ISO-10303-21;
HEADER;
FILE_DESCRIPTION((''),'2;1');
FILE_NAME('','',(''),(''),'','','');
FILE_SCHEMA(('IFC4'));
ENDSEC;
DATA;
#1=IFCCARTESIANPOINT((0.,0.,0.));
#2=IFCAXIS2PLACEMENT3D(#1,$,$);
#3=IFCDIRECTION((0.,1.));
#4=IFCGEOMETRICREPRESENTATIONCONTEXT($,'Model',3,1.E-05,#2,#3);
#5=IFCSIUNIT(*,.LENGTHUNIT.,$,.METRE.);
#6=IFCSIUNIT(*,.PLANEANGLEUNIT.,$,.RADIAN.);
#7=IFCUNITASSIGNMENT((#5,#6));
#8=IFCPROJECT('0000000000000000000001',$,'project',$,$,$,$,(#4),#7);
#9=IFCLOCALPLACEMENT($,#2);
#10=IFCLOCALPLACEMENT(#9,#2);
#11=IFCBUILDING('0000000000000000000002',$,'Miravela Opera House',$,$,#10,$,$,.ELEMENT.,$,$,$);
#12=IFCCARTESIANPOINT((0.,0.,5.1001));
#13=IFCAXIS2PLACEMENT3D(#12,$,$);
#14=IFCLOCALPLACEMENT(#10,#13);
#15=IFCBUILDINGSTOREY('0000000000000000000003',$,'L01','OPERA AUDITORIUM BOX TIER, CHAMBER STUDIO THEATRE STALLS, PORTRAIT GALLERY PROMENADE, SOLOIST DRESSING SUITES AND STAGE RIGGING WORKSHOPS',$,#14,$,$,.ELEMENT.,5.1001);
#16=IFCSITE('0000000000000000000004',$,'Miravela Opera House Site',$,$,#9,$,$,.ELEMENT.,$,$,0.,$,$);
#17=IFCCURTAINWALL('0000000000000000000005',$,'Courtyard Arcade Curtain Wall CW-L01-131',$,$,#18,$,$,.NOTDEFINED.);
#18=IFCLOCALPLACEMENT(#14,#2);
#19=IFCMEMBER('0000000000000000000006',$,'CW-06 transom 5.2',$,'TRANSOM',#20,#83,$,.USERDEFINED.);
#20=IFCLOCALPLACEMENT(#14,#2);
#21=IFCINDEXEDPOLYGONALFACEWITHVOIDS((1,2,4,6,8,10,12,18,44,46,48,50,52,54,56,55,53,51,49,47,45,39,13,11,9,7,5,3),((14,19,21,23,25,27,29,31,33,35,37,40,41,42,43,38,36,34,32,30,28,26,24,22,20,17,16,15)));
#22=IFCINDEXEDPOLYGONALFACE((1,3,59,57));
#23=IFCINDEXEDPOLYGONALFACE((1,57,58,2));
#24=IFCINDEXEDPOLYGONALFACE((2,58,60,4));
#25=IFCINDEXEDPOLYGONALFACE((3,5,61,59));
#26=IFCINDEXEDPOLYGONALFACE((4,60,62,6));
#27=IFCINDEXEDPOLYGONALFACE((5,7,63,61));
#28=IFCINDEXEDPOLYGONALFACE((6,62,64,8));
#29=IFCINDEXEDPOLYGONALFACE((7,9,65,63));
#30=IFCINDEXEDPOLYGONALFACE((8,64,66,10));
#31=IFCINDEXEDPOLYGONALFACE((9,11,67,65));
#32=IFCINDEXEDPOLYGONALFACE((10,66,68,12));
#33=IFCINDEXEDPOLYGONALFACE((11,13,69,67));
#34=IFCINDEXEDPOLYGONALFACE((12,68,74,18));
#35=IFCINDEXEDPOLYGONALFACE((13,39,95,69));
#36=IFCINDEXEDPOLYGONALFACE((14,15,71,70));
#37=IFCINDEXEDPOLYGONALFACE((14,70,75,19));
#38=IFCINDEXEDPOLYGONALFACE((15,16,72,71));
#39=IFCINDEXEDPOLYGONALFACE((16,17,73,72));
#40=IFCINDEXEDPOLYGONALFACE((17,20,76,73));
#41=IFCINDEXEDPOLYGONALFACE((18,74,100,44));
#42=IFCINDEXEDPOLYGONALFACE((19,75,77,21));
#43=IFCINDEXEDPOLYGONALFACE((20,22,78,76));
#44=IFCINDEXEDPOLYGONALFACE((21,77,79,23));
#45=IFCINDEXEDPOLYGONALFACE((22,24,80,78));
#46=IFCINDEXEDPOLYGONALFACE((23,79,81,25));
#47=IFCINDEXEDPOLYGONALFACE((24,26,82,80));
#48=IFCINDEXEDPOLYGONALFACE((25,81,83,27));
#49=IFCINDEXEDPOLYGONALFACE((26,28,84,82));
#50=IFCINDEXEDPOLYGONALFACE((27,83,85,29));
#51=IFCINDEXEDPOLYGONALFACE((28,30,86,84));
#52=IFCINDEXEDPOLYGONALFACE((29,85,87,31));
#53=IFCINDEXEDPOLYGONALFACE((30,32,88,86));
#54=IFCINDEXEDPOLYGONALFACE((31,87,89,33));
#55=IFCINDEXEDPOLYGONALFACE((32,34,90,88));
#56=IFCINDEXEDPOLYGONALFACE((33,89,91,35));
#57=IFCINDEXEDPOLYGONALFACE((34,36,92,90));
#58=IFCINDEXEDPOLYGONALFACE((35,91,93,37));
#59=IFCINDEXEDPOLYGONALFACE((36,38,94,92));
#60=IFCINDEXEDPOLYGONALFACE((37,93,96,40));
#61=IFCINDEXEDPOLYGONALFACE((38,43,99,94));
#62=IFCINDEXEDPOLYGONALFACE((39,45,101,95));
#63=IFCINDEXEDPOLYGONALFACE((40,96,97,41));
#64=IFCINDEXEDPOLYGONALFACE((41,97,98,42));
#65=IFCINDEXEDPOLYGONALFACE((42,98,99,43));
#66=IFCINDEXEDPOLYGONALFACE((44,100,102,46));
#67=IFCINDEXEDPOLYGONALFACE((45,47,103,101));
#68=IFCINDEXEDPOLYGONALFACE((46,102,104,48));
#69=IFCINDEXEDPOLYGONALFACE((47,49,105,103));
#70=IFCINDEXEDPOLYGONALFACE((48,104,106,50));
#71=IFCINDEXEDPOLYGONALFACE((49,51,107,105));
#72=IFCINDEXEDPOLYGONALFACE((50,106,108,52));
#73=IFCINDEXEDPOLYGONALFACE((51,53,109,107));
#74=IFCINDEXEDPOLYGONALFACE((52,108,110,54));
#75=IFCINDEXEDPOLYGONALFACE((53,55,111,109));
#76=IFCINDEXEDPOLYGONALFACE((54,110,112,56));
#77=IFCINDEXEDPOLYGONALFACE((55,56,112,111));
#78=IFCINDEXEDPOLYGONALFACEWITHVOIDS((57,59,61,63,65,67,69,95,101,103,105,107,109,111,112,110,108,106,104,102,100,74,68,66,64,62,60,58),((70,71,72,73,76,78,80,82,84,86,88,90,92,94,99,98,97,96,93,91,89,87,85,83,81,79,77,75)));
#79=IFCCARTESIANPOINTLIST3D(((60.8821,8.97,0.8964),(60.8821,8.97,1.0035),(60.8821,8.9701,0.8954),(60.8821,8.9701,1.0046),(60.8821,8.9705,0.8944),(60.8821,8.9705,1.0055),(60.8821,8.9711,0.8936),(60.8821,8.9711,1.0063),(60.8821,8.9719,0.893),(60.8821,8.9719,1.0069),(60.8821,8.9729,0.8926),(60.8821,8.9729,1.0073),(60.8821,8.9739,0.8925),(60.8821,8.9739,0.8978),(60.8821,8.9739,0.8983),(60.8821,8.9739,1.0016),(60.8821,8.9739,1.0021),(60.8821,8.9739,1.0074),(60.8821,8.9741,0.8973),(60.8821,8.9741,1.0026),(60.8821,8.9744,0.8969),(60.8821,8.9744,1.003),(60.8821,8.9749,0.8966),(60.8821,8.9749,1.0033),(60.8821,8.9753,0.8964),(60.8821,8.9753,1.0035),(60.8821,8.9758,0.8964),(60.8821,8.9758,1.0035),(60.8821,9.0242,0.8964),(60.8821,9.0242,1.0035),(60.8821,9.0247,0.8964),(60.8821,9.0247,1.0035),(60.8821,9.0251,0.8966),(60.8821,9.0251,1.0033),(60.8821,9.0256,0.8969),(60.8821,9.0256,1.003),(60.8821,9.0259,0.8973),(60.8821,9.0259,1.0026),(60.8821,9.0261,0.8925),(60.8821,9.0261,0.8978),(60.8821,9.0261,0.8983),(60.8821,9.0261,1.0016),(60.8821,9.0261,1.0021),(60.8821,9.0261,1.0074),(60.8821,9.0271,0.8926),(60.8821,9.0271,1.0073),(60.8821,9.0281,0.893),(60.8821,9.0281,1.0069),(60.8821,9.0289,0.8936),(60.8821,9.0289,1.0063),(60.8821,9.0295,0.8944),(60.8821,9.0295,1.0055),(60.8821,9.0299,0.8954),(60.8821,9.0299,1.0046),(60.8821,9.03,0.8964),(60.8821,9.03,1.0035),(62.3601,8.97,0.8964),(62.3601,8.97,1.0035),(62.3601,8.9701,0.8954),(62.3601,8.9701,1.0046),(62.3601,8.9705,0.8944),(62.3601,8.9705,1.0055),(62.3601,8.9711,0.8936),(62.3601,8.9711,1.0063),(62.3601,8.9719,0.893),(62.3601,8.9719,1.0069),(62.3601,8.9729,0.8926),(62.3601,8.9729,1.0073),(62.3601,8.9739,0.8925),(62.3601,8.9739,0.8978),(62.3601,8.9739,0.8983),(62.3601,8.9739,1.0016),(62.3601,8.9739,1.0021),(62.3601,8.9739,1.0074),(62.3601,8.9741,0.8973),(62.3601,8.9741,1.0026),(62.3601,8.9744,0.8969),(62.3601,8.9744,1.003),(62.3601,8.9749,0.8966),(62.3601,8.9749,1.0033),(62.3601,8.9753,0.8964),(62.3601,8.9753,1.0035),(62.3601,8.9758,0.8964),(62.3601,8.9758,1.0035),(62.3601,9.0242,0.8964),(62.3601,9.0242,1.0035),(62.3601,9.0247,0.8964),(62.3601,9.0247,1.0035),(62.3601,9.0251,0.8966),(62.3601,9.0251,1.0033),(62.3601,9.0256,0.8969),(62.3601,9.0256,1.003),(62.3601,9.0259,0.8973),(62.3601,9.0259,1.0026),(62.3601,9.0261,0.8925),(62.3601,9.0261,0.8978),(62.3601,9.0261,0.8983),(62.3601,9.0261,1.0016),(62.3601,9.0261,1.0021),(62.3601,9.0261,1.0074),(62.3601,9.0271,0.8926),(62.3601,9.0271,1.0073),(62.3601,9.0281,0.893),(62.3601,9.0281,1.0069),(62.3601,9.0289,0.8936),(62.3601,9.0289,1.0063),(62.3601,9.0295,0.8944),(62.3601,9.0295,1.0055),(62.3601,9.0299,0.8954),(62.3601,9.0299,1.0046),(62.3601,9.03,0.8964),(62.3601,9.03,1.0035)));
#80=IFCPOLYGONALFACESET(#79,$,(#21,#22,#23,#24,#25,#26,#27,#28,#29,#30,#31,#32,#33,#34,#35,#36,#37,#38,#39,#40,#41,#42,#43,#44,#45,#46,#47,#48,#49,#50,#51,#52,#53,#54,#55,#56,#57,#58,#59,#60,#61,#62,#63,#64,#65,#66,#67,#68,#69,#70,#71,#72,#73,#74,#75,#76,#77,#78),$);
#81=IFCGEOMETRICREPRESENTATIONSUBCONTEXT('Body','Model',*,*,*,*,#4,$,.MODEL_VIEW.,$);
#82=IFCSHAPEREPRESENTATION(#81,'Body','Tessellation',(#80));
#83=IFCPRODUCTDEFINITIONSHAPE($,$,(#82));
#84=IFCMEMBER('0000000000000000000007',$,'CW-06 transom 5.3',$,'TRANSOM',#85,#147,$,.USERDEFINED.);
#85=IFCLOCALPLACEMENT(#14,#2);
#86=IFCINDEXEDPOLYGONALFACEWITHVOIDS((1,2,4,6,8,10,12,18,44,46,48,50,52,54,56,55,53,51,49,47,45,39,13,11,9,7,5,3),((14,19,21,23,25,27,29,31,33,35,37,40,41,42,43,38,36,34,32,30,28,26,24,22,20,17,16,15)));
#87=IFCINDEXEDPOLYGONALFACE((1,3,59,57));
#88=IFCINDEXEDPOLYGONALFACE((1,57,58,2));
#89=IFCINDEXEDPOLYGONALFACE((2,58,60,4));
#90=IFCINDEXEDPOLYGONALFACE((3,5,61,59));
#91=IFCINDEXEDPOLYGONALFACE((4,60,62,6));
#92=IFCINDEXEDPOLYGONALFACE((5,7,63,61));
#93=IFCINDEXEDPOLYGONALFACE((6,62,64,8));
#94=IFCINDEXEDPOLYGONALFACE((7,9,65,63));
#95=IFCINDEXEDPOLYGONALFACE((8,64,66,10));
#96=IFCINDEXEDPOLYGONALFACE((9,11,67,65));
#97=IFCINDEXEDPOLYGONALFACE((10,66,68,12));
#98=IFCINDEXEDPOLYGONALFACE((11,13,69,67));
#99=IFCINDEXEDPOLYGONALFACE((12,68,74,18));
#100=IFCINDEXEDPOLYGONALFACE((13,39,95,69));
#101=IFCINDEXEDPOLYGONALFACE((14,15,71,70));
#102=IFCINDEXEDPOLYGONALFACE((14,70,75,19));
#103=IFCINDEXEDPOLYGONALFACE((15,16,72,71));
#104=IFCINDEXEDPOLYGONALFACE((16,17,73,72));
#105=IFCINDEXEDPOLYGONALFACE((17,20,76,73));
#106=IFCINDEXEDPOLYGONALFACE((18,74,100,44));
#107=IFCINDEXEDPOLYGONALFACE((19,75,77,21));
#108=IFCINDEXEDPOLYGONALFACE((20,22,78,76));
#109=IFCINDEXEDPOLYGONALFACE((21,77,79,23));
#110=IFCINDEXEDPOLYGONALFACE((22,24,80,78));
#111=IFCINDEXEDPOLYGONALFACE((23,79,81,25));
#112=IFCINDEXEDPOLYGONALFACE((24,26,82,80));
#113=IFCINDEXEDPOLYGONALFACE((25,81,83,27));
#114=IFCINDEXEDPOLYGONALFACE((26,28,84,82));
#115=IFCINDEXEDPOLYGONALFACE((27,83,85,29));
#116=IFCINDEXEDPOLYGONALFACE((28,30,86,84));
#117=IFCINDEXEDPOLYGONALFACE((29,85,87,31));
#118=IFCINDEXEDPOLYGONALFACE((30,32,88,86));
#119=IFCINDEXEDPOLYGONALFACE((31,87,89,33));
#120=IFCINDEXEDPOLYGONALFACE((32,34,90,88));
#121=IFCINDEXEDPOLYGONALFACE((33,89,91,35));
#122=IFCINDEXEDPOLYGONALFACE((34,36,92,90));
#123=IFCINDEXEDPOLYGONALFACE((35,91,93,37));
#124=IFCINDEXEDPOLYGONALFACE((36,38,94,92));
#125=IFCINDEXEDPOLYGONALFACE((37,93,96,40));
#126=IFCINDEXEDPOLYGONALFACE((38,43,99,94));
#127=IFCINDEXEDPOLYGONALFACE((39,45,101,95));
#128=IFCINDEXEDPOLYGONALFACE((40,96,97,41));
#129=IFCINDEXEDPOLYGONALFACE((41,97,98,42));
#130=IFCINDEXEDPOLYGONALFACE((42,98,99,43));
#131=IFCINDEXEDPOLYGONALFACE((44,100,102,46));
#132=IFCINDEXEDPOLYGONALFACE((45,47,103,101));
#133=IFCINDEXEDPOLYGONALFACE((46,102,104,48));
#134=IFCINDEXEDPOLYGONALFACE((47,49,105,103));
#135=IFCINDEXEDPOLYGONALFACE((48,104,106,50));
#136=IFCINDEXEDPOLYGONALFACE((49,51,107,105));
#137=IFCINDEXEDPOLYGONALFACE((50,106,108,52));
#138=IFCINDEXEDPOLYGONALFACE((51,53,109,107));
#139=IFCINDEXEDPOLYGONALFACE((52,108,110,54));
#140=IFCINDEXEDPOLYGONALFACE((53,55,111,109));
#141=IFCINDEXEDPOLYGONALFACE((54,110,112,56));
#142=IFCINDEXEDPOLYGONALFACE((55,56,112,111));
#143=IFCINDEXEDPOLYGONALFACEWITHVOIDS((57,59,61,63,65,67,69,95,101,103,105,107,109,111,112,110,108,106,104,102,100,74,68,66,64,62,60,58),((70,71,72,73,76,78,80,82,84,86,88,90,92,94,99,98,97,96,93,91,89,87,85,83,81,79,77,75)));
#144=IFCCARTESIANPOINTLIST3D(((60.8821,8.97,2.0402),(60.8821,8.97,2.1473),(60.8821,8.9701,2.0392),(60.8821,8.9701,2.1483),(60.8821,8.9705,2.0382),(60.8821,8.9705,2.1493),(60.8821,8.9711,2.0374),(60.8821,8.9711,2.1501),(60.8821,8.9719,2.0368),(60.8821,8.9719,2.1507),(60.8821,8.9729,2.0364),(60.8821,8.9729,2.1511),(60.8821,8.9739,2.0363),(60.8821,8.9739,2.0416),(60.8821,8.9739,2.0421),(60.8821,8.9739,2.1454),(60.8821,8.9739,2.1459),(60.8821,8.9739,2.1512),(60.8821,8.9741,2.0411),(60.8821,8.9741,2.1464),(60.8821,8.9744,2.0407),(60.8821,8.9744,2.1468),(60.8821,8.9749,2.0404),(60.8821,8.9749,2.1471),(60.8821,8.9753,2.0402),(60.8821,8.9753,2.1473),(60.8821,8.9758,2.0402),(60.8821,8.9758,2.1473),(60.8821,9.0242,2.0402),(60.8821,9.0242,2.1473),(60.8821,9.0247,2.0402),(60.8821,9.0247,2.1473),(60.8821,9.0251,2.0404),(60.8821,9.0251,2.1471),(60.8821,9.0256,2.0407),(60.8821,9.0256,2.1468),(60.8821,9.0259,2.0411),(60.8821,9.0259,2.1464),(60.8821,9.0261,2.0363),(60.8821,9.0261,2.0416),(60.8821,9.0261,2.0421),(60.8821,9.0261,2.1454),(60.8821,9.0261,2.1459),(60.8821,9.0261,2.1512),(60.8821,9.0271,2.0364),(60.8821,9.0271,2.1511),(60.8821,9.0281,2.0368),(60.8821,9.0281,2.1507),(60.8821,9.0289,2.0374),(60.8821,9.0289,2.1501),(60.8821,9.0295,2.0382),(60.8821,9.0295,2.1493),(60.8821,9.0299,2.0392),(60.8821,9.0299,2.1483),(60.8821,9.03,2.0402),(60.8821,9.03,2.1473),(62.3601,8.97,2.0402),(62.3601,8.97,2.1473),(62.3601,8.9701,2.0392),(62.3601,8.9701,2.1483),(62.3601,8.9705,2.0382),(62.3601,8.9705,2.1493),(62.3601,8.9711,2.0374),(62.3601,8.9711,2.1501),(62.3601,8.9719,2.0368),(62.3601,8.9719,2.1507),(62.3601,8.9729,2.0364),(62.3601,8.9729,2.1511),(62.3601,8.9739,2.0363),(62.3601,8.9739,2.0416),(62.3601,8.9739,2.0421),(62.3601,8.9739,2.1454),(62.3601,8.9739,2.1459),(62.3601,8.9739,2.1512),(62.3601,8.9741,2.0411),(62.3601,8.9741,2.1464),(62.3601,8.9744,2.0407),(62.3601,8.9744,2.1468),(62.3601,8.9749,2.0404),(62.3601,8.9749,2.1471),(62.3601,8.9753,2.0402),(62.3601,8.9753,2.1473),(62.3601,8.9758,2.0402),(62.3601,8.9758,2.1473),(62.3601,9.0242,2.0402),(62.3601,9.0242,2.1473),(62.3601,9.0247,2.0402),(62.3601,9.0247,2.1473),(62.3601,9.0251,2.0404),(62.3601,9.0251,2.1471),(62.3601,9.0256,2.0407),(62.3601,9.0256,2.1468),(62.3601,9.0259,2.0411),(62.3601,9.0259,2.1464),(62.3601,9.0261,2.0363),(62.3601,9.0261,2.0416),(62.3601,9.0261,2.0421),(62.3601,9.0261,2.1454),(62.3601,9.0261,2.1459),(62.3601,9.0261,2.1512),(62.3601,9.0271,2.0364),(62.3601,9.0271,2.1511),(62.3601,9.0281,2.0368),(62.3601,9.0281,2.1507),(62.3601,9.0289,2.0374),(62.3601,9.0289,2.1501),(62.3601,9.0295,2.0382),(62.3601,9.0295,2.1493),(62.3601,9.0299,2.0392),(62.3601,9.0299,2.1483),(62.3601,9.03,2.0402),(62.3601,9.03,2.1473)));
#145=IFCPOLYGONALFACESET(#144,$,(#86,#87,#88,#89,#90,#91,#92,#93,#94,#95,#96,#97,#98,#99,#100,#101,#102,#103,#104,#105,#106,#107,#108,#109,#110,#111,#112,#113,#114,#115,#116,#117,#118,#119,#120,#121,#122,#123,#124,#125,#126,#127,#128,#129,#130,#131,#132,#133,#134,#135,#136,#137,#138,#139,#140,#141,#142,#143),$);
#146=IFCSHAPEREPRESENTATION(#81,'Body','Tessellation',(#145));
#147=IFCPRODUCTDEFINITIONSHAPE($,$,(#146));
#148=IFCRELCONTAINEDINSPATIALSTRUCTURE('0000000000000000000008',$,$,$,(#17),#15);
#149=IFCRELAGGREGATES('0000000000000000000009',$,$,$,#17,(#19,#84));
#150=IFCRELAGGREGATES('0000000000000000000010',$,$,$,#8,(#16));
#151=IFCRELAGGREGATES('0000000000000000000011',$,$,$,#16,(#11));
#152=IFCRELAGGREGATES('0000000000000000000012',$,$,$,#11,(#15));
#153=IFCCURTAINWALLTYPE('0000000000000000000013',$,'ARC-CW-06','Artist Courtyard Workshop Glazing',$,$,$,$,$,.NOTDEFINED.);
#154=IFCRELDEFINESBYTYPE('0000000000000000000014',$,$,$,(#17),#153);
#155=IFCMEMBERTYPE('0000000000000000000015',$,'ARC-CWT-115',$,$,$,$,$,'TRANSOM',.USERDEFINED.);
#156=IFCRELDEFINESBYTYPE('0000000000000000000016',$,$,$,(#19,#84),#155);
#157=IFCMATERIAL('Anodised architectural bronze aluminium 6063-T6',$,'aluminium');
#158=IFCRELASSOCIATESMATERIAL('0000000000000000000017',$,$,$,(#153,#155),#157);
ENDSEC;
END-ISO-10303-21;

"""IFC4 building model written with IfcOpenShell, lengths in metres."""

from ifc_helpers import new_model, si_unit, direction, frame, origin, origin_2d, place, context, subcontext, project, spatial, hollow_rectangle, extrude, material, material_profile, profile_set, type_object, element, aggregate, save


model = new_model("IFC4")

# Units and contexts
model_context = context("Model", 3, precision=1e-05, world=origin(), true_north=direction((0.0, 1.0)))
body_context = subcontext(model_context, "Body", "Model", "MODEL_VIEW")
ifc_project = project(units=[si_unit("LENGTHUNIT", "METRE"), si_unit("PLANEANGLEUNIT", "RADIAN")], contexts=[model_context])

# Site, building, storey
site_placement = place(None, origin())
site = spatial("IfcSite", under=ifc_project, at=site_placement, Name="Miravela Opera House Site", CompositionType="ELEMENT", RefElevation=0.0)
building_placement = place(site_placement, origin())
building = spatial("IfcBuilding", under=site, at=building_placement, Name="Miravela Opera House", CompositionType="ELEMENT")
storey_placement = place(building_placement, frame((0.0, 0.0, 5.1001)))
storey = spatial("IfcBuildingStorey", under=building, at=storey_placement, Name="L01", Description="OPERA AUDITORIUM BOX TIER, CHAMBER STUDIO THEATRE STALLS, PORTRAIT GALLERY PROMENADE, SOLOIST DRESSING SUITES AND STAGE RIGGING WORKSHOPS", CompositionType="ELEMENT", Elevation=5.1001)

# Curtain wall, members
ifc_material_1 = material(Name="Anodised architectural bronze aluminium 6063-T6", Category="aluminium")
curtain_wall_type = type_object("IfcCurtainWallType", Name="ARC-CW-06", Description="Artist Courtyard Workshop Glazing", PredefinedType="NOTDEFINED", material=ifc_material_1)
curtain_wall_placement = place(storey_placement, origin())
curtain_wall = element("IfcCurtainWall", 1, at=curtain_wall_placement, inside=storey, type_object=curtain_wall_type, Name="Courtyard Arcade Curtain Wall CW-L01-131", PredefinedType="NOTDEFINED")
ifc_material_profile_1 = material_profile(ifc_material_1, hollow_rectangle(XDim=0.0601, YDim=0.115, WallThickness=0.0039, InnerFilletRadius=0.002, OuterFilletRadius=0.0039, at=origin_2d()), Name="CWT-60X115")
ifc_profile_set_1 = profile_set([ifc_material_profile_1])
member_type_1 = type_object("IfcMemberType", Name="ARC-CWT-115", ElementType="TRANSOM", PredefinedType="USERDEFINED", material=ifc_profile_set_1)
member_1_placement = place(storey_placement, frame((60.8821, 9.0, 0.95), z_axis=(1.0, 0.0, 0.0), x_axis=(0.0, 1.0, 0.0)))
member_1 = element("IfcMember", 2, at=member_1_placement, type_object=member_type_1, Name="CW-06 transom 5.2", ObjectType="TRANSOM", PredefinedType="USERDEFINED", context=body_context, shape_type="SweptSolid", body=[
    extrude(hollow_rectangle(XDim=0.0601, YDim=0.115, WallThickness=0.0039, InnerFilletRadius=0.002, OuterFilletRadius=0.0039, at=origin_2d()), origin(), (0.0, 0.0, 1.0), 1.478),
])
member_2_placement = place(storey_placement, frame((60.8821, 9.0, 2.0938), z_axis=(1.0, 0.0, 0.0), x_axis=(0.0, 1.0, 0.0)))
member_2 = element("IfcMember", 3, at=member_2_placement, type_object=member_type_1, Name="CW-06 transom 5.3", ObjectType="TRANSOM", PredefinedType="USERDEFINED", context=body_context, shape_type="SweptSolid", body=[
    extrude(hollow_rectangle(XDim=0.0601, YDim=0.115, WallThickness=0.0039, InnerFilletRadius=0.002, OuterFilletRadius=0.0039, at=origin_2d()), origin(), (0.0, 0.0, 1.0), 1.478),
])

aggregate(curtain_wall, [member_1, member_2])

save(model, "model.ifc")
